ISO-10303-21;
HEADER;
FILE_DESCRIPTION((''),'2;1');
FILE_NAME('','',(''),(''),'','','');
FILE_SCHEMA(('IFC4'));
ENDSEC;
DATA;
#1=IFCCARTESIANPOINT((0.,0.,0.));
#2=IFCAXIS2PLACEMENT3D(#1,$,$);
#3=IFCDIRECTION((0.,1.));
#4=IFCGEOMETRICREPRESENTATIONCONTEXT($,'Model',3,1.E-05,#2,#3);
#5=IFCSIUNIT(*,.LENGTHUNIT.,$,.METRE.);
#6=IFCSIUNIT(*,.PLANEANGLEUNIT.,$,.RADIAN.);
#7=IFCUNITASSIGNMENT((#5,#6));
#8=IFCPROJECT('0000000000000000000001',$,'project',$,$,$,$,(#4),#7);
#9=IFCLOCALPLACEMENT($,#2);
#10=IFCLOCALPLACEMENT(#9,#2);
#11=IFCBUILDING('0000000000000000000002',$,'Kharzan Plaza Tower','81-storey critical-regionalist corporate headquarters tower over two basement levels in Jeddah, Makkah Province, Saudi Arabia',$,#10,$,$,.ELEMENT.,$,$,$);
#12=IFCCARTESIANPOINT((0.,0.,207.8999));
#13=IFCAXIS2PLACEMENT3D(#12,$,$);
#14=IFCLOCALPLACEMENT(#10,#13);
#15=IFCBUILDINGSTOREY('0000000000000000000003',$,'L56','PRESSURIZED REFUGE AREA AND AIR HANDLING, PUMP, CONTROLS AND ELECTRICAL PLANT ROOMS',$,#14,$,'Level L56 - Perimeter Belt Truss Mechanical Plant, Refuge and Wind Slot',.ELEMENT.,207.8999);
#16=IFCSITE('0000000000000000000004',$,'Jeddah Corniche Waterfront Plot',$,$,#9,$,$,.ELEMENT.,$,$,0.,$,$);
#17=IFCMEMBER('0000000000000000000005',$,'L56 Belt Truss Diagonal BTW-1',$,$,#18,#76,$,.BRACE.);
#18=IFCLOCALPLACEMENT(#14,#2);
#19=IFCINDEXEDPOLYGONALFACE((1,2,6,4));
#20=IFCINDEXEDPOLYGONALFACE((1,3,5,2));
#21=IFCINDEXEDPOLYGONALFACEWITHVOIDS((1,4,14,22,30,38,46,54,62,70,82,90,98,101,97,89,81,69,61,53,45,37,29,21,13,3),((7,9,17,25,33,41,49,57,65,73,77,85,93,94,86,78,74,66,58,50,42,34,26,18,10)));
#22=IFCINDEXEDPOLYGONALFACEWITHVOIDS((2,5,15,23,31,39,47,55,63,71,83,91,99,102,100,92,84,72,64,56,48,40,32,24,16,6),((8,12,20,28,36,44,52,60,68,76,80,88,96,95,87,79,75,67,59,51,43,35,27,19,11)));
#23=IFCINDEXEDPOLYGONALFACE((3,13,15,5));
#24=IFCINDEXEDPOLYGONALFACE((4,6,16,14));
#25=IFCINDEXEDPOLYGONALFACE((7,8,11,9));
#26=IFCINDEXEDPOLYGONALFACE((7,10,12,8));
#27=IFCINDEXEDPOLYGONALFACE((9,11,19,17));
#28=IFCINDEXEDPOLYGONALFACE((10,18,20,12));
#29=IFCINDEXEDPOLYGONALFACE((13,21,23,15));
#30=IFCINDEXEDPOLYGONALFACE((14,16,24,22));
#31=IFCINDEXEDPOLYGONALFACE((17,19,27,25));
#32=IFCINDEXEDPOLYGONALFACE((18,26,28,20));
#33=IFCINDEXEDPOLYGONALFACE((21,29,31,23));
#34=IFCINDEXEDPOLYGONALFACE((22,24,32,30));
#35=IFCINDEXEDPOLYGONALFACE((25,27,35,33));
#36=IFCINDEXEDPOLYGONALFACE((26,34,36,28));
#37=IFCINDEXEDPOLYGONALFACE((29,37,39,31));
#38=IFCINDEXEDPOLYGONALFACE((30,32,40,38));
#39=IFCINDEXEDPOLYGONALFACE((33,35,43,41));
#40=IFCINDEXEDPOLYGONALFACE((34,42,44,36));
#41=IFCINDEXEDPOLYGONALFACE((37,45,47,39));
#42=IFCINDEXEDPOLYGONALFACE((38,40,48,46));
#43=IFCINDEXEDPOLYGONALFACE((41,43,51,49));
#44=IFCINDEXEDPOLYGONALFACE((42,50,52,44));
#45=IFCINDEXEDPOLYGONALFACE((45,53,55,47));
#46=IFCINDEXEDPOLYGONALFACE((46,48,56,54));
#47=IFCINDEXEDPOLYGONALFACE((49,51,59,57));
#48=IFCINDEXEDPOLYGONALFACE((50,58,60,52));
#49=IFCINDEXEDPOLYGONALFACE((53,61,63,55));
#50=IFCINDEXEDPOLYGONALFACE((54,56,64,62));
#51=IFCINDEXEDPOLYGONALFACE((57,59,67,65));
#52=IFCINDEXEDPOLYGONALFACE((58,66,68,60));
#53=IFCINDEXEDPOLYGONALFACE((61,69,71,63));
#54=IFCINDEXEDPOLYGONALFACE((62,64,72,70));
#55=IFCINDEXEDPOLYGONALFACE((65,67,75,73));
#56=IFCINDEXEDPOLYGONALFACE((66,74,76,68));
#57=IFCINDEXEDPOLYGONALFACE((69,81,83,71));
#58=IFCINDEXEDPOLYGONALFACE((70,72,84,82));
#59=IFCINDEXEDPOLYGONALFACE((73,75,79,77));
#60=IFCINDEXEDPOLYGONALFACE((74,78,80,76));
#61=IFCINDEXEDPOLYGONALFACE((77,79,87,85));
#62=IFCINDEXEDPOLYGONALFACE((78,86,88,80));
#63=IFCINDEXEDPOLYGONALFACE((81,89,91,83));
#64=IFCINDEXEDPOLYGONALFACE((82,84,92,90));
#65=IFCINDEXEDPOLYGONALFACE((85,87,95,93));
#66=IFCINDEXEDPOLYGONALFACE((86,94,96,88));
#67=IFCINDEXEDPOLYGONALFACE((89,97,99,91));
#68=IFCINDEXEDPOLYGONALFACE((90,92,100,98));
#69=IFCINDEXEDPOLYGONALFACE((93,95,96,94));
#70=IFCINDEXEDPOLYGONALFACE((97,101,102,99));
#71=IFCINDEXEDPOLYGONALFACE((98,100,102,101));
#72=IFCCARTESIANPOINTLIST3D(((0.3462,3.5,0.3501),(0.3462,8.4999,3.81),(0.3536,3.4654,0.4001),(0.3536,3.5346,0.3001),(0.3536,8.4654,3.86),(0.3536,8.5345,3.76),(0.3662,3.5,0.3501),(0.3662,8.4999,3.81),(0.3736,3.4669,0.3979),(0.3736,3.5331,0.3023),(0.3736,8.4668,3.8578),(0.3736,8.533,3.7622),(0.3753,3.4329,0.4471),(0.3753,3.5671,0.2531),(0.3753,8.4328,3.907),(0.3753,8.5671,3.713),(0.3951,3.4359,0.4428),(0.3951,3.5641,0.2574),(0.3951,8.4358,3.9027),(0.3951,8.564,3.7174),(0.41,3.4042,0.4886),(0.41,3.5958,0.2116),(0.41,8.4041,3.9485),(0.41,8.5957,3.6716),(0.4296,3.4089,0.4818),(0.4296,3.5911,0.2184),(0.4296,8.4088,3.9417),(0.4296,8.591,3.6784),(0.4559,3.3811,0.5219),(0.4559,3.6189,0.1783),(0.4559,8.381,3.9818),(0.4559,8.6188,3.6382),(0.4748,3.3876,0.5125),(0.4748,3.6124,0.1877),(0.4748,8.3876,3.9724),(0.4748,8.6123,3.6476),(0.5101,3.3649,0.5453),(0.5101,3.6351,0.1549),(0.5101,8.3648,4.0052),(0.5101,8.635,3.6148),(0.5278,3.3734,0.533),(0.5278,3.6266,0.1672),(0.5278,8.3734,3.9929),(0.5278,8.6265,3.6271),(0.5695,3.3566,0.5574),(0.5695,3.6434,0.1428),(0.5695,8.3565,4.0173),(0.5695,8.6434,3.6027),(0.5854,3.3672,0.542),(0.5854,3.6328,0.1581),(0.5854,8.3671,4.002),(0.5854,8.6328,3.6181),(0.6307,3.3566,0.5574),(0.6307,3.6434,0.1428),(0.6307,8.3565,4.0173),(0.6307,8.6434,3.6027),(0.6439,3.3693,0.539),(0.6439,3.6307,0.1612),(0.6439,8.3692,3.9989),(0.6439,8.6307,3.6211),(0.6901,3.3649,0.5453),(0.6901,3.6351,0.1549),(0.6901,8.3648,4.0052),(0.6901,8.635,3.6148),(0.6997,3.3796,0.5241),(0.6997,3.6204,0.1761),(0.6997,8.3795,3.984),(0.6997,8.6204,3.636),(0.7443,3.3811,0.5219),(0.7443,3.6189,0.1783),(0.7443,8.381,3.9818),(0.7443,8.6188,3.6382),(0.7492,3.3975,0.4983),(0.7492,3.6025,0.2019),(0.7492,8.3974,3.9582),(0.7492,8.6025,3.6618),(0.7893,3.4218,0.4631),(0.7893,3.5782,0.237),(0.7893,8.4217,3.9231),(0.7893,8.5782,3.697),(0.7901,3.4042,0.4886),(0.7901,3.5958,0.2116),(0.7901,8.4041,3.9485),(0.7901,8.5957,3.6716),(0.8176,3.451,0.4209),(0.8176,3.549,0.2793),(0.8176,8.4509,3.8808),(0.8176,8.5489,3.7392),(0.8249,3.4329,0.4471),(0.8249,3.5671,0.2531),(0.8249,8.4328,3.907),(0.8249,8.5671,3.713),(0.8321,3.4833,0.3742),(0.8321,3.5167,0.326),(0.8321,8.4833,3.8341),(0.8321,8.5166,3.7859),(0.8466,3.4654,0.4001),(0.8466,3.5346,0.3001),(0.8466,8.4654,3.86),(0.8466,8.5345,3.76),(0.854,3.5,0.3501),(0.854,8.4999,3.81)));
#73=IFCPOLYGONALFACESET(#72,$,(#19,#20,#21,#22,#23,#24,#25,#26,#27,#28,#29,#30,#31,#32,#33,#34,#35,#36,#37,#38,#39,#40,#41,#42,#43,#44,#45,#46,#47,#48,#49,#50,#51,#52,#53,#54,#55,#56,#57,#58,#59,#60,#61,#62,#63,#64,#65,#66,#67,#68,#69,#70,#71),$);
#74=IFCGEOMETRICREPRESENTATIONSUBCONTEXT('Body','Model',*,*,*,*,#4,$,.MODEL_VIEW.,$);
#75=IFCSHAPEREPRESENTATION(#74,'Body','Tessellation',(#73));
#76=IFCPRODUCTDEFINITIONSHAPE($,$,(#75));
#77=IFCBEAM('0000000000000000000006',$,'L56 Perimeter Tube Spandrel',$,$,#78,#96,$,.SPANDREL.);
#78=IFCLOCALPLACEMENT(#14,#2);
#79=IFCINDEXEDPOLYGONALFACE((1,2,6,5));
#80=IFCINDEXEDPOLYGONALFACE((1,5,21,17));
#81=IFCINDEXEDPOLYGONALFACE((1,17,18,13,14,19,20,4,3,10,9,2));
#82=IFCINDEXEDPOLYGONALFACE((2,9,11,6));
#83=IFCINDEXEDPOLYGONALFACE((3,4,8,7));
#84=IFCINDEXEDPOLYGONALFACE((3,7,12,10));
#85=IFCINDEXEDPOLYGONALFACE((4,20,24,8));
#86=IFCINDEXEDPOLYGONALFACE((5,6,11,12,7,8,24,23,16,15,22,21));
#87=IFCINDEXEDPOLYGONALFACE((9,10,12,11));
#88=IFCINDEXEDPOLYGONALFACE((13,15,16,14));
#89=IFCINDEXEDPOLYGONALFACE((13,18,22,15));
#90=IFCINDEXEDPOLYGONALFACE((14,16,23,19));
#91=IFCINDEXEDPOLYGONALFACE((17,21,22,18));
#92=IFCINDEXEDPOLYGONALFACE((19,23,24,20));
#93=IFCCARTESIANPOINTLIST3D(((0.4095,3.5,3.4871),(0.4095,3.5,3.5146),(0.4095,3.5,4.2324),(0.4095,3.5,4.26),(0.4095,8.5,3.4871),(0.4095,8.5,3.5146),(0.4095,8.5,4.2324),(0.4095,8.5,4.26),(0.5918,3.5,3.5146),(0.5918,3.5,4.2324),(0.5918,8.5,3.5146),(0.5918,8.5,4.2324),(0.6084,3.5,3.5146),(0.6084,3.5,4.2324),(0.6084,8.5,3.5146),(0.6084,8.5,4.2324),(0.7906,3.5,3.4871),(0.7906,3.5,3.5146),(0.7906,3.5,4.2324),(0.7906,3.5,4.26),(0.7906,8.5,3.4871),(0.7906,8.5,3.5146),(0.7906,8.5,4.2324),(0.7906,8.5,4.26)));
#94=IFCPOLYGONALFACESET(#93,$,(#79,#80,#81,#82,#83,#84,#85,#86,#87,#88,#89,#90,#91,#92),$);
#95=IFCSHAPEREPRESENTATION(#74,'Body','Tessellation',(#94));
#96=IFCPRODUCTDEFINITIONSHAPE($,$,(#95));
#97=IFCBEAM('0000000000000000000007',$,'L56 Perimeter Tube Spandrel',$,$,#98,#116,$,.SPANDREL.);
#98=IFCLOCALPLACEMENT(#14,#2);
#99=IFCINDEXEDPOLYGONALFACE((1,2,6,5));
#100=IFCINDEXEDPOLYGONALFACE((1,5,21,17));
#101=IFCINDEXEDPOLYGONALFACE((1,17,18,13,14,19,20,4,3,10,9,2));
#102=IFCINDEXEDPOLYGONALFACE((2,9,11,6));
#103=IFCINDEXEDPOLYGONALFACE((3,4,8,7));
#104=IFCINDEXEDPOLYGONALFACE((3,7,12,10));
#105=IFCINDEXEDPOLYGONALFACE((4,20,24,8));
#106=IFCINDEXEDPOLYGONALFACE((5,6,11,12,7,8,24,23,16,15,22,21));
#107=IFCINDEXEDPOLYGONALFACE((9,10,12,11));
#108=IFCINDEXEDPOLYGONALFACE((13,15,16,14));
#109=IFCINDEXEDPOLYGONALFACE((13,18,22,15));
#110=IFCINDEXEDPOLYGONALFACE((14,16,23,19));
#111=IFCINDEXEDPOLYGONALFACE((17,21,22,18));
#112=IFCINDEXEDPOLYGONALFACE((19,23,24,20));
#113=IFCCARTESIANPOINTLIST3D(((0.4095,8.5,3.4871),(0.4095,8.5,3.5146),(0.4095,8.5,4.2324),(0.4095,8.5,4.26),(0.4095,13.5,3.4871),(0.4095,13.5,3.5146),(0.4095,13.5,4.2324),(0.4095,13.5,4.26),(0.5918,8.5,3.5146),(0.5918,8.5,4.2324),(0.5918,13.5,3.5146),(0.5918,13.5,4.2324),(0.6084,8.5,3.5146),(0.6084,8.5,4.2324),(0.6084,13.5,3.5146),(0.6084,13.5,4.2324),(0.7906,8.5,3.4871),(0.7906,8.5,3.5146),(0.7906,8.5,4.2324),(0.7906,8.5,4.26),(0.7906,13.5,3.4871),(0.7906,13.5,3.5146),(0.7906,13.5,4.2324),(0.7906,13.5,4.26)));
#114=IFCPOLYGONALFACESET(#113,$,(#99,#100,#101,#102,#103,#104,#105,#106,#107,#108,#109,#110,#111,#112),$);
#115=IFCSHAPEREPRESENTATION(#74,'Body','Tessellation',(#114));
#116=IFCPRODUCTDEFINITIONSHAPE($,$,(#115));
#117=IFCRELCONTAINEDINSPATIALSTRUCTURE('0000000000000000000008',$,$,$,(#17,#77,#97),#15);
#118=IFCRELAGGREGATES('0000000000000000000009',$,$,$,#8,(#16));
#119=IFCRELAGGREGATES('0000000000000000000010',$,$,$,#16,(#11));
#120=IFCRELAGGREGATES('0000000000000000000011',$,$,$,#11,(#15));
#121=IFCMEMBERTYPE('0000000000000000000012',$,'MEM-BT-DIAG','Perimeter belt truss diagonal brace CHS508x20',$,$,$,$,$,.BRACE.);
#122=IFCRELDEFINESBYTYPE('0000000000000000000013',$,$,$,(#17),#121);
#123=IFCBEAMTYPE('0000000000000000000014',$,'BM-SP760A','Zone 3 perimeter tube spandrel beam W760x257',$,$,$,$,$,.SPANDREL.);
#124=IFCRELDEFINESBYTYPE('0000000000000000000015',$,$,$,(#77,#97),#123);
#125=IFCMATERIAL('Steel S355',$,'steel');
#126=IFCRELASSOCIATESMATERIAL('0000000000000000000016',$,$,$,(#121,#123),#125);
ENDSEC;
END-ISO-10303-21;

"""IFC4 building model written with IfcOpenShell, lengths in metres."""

from ifc_helpers import new_model, si_unit, direction, frame, origin, origin_2d, place, context, subcontext, project, spatial, hollow_circle, i_section, extrude, source, transform, mapped, material, material_profile, profile_set, type_object, element, save


model = new_model("IFC4")

# Units and contexts
model_context = context("Model", 3, precision=1e-05, world=origin(), true_north=direction((0.0, 1.0)))
body_context = subcontext(model_context, "Body", "Model", "MODEL_VIEW")
ifc_project = project(units=[si_unit("LENGTHUNIT", "METRE"), si_unit("PLANEANGLEUNIT", "RADIAN")], contexts=[model_context])

# Site, building, storey
site_placement = place(None, origin())
site = spatial("IfcSite", under=ifc_project, at=site_placement, Name="Jeddah Corniche Waterfront Plot", CompositionType="ELEMENT", RefElevation=0.0)
building_placement = place(site_placement, origin())
building = spatial("IfcBuilding", under=site, at=building_placement, Name="Kharzan Plaza Tower", Description="81-storey critical-regionalist corporate headquarters tower over two basement levels in Jeddah, Makkah Province, Saudi Arabia", CompositionType="ELEMENT")
storey_placement = place(building_placement, frame((0.0, 0.0, 207.8999)))
storey = spatial("IfcBuildingStorey", under=building, at=storey_placement, Name="L56", Description="PRESSURIZED REFUGE AREA AND AIR HANDLING, PUMP, CONTROLS AND ELECTRICAL PLANT ROOMS", LongName="Level L56 - Perimeter Belt Truss Mechanical Plant, Refuge and Wind Slot", CompositionType="ELEMENT", Elevation=207.8999)

# Shared definitions
ifc_material_1 = material(Name="Steel S355", Category="steel")

# Member
ifc_material_profile_1 = material_profile(ifc_material_1, hollow_circle(Radius=0.2539, WallThickness=0.02, at=origin_2d()), Name="CHS508x20")
ifc_profile_set_1 = profile_set([ifc_material_profile_1], Name="Steel S355")
member_type_1 = type_object("IfcMemberType", Name="MEM-BT-DIAG", Description="Perimeter belt truss diagonal brace CHS508x20", PredefinedType="BRACE", material=ifc_profile_set_1)
shared_shape_1 = source(origin(), body_context, "Body", "SweptSolid", [
    extrude(hollow_circle(Radius=0.2539, WallThickness=0.02, at=origin_2d()), origin(), (0.0, 0.0, 1.0), 6.0803),
])
member_placement = place(storey_placement, frame((0.6001, 3.5, 0.3501), z_axis=(0.0, 0.822314, 0.569035), x_axis=(-1.0, 0.0, 0.0)))
element("IfcMember", 1, at=member_placement, inside=storey, type_object=member_type_1, Name="L56 Belt Truss Diagonal BTW-1", PredefinedType="BRACE", context=body_context, shape_type="MappedRepresentation", body=[
    mapped(shared_shape_1, transform((0.0, 0.0, 0.0), x_axis=(1.0, 0.0, 0.0), y_axis=(0.0, 1.0, 0.0), z_axis=(0.0, 0.0, 1.0))),
])

# Beams
ifc_material_profile_2 = material_profile(ifc_material_1, i_section(OverallWidth=0.3811, OverallDepth=0.7729, WebThickness=0.0166, FlangeThickness=0.0276, at=origin_2d()), Name="W760x257")
ifc_profile_set_2 = profile_set([ifc_material_profile_2], Name="Steel S355")
beam_type_1 = type_object("IfcBeamType", Name="BM-SP760A", Description="Zone 3 perimeter tube spandrel beam W760x257", PredefinedType="SPANDREL", material=ifc_profile_set_2)
shared_shape_2 = source(origin(), body_context, "Body", "SweptSolid", [
    extrude(i_section(OverallWidth=0.3811, OverallDepth=0.7729, WebThickness=0.0166, FlangeThickness=0.0276, at=origin_2d()), origin(), (0.0, 0.0, 1.0), 5.0),
])
for number, where, z_axis, x_axis, name in (
    (2, (0.6001, 3.5, 3.8735), (0.0, 1.0, 0.0), (-1.0, 0.0, 0.0), "L56 Perimeter Tube Spandrel"),
    (3, (0.6001, 8.5, 3.8735), (0.0, 1.0, 0.0), (-1.0, 0.0, 0.0), "L56 Perimeter Tube Spandrel"),
):
    element("IfcBeam", number, at=place(storey_placement, frame(where, z_axis=z_axis, x_axis=x_axis)), inside=storey, type_object=beam_type_1, Name=name, PredefinedType="SPANDREL", context=body_context, shape_type="MappedRepresentation", body=[
        mapped(shared_shape_2, transform((0.0, 0.0, 0.0), x_axis=(1.0, 0.0, 0.0), y_axis=(0.0, 1.0, 0.0), z_axis=(0.0, 0.0, 1.0))),
    ])

save(model, "model.ifc")
